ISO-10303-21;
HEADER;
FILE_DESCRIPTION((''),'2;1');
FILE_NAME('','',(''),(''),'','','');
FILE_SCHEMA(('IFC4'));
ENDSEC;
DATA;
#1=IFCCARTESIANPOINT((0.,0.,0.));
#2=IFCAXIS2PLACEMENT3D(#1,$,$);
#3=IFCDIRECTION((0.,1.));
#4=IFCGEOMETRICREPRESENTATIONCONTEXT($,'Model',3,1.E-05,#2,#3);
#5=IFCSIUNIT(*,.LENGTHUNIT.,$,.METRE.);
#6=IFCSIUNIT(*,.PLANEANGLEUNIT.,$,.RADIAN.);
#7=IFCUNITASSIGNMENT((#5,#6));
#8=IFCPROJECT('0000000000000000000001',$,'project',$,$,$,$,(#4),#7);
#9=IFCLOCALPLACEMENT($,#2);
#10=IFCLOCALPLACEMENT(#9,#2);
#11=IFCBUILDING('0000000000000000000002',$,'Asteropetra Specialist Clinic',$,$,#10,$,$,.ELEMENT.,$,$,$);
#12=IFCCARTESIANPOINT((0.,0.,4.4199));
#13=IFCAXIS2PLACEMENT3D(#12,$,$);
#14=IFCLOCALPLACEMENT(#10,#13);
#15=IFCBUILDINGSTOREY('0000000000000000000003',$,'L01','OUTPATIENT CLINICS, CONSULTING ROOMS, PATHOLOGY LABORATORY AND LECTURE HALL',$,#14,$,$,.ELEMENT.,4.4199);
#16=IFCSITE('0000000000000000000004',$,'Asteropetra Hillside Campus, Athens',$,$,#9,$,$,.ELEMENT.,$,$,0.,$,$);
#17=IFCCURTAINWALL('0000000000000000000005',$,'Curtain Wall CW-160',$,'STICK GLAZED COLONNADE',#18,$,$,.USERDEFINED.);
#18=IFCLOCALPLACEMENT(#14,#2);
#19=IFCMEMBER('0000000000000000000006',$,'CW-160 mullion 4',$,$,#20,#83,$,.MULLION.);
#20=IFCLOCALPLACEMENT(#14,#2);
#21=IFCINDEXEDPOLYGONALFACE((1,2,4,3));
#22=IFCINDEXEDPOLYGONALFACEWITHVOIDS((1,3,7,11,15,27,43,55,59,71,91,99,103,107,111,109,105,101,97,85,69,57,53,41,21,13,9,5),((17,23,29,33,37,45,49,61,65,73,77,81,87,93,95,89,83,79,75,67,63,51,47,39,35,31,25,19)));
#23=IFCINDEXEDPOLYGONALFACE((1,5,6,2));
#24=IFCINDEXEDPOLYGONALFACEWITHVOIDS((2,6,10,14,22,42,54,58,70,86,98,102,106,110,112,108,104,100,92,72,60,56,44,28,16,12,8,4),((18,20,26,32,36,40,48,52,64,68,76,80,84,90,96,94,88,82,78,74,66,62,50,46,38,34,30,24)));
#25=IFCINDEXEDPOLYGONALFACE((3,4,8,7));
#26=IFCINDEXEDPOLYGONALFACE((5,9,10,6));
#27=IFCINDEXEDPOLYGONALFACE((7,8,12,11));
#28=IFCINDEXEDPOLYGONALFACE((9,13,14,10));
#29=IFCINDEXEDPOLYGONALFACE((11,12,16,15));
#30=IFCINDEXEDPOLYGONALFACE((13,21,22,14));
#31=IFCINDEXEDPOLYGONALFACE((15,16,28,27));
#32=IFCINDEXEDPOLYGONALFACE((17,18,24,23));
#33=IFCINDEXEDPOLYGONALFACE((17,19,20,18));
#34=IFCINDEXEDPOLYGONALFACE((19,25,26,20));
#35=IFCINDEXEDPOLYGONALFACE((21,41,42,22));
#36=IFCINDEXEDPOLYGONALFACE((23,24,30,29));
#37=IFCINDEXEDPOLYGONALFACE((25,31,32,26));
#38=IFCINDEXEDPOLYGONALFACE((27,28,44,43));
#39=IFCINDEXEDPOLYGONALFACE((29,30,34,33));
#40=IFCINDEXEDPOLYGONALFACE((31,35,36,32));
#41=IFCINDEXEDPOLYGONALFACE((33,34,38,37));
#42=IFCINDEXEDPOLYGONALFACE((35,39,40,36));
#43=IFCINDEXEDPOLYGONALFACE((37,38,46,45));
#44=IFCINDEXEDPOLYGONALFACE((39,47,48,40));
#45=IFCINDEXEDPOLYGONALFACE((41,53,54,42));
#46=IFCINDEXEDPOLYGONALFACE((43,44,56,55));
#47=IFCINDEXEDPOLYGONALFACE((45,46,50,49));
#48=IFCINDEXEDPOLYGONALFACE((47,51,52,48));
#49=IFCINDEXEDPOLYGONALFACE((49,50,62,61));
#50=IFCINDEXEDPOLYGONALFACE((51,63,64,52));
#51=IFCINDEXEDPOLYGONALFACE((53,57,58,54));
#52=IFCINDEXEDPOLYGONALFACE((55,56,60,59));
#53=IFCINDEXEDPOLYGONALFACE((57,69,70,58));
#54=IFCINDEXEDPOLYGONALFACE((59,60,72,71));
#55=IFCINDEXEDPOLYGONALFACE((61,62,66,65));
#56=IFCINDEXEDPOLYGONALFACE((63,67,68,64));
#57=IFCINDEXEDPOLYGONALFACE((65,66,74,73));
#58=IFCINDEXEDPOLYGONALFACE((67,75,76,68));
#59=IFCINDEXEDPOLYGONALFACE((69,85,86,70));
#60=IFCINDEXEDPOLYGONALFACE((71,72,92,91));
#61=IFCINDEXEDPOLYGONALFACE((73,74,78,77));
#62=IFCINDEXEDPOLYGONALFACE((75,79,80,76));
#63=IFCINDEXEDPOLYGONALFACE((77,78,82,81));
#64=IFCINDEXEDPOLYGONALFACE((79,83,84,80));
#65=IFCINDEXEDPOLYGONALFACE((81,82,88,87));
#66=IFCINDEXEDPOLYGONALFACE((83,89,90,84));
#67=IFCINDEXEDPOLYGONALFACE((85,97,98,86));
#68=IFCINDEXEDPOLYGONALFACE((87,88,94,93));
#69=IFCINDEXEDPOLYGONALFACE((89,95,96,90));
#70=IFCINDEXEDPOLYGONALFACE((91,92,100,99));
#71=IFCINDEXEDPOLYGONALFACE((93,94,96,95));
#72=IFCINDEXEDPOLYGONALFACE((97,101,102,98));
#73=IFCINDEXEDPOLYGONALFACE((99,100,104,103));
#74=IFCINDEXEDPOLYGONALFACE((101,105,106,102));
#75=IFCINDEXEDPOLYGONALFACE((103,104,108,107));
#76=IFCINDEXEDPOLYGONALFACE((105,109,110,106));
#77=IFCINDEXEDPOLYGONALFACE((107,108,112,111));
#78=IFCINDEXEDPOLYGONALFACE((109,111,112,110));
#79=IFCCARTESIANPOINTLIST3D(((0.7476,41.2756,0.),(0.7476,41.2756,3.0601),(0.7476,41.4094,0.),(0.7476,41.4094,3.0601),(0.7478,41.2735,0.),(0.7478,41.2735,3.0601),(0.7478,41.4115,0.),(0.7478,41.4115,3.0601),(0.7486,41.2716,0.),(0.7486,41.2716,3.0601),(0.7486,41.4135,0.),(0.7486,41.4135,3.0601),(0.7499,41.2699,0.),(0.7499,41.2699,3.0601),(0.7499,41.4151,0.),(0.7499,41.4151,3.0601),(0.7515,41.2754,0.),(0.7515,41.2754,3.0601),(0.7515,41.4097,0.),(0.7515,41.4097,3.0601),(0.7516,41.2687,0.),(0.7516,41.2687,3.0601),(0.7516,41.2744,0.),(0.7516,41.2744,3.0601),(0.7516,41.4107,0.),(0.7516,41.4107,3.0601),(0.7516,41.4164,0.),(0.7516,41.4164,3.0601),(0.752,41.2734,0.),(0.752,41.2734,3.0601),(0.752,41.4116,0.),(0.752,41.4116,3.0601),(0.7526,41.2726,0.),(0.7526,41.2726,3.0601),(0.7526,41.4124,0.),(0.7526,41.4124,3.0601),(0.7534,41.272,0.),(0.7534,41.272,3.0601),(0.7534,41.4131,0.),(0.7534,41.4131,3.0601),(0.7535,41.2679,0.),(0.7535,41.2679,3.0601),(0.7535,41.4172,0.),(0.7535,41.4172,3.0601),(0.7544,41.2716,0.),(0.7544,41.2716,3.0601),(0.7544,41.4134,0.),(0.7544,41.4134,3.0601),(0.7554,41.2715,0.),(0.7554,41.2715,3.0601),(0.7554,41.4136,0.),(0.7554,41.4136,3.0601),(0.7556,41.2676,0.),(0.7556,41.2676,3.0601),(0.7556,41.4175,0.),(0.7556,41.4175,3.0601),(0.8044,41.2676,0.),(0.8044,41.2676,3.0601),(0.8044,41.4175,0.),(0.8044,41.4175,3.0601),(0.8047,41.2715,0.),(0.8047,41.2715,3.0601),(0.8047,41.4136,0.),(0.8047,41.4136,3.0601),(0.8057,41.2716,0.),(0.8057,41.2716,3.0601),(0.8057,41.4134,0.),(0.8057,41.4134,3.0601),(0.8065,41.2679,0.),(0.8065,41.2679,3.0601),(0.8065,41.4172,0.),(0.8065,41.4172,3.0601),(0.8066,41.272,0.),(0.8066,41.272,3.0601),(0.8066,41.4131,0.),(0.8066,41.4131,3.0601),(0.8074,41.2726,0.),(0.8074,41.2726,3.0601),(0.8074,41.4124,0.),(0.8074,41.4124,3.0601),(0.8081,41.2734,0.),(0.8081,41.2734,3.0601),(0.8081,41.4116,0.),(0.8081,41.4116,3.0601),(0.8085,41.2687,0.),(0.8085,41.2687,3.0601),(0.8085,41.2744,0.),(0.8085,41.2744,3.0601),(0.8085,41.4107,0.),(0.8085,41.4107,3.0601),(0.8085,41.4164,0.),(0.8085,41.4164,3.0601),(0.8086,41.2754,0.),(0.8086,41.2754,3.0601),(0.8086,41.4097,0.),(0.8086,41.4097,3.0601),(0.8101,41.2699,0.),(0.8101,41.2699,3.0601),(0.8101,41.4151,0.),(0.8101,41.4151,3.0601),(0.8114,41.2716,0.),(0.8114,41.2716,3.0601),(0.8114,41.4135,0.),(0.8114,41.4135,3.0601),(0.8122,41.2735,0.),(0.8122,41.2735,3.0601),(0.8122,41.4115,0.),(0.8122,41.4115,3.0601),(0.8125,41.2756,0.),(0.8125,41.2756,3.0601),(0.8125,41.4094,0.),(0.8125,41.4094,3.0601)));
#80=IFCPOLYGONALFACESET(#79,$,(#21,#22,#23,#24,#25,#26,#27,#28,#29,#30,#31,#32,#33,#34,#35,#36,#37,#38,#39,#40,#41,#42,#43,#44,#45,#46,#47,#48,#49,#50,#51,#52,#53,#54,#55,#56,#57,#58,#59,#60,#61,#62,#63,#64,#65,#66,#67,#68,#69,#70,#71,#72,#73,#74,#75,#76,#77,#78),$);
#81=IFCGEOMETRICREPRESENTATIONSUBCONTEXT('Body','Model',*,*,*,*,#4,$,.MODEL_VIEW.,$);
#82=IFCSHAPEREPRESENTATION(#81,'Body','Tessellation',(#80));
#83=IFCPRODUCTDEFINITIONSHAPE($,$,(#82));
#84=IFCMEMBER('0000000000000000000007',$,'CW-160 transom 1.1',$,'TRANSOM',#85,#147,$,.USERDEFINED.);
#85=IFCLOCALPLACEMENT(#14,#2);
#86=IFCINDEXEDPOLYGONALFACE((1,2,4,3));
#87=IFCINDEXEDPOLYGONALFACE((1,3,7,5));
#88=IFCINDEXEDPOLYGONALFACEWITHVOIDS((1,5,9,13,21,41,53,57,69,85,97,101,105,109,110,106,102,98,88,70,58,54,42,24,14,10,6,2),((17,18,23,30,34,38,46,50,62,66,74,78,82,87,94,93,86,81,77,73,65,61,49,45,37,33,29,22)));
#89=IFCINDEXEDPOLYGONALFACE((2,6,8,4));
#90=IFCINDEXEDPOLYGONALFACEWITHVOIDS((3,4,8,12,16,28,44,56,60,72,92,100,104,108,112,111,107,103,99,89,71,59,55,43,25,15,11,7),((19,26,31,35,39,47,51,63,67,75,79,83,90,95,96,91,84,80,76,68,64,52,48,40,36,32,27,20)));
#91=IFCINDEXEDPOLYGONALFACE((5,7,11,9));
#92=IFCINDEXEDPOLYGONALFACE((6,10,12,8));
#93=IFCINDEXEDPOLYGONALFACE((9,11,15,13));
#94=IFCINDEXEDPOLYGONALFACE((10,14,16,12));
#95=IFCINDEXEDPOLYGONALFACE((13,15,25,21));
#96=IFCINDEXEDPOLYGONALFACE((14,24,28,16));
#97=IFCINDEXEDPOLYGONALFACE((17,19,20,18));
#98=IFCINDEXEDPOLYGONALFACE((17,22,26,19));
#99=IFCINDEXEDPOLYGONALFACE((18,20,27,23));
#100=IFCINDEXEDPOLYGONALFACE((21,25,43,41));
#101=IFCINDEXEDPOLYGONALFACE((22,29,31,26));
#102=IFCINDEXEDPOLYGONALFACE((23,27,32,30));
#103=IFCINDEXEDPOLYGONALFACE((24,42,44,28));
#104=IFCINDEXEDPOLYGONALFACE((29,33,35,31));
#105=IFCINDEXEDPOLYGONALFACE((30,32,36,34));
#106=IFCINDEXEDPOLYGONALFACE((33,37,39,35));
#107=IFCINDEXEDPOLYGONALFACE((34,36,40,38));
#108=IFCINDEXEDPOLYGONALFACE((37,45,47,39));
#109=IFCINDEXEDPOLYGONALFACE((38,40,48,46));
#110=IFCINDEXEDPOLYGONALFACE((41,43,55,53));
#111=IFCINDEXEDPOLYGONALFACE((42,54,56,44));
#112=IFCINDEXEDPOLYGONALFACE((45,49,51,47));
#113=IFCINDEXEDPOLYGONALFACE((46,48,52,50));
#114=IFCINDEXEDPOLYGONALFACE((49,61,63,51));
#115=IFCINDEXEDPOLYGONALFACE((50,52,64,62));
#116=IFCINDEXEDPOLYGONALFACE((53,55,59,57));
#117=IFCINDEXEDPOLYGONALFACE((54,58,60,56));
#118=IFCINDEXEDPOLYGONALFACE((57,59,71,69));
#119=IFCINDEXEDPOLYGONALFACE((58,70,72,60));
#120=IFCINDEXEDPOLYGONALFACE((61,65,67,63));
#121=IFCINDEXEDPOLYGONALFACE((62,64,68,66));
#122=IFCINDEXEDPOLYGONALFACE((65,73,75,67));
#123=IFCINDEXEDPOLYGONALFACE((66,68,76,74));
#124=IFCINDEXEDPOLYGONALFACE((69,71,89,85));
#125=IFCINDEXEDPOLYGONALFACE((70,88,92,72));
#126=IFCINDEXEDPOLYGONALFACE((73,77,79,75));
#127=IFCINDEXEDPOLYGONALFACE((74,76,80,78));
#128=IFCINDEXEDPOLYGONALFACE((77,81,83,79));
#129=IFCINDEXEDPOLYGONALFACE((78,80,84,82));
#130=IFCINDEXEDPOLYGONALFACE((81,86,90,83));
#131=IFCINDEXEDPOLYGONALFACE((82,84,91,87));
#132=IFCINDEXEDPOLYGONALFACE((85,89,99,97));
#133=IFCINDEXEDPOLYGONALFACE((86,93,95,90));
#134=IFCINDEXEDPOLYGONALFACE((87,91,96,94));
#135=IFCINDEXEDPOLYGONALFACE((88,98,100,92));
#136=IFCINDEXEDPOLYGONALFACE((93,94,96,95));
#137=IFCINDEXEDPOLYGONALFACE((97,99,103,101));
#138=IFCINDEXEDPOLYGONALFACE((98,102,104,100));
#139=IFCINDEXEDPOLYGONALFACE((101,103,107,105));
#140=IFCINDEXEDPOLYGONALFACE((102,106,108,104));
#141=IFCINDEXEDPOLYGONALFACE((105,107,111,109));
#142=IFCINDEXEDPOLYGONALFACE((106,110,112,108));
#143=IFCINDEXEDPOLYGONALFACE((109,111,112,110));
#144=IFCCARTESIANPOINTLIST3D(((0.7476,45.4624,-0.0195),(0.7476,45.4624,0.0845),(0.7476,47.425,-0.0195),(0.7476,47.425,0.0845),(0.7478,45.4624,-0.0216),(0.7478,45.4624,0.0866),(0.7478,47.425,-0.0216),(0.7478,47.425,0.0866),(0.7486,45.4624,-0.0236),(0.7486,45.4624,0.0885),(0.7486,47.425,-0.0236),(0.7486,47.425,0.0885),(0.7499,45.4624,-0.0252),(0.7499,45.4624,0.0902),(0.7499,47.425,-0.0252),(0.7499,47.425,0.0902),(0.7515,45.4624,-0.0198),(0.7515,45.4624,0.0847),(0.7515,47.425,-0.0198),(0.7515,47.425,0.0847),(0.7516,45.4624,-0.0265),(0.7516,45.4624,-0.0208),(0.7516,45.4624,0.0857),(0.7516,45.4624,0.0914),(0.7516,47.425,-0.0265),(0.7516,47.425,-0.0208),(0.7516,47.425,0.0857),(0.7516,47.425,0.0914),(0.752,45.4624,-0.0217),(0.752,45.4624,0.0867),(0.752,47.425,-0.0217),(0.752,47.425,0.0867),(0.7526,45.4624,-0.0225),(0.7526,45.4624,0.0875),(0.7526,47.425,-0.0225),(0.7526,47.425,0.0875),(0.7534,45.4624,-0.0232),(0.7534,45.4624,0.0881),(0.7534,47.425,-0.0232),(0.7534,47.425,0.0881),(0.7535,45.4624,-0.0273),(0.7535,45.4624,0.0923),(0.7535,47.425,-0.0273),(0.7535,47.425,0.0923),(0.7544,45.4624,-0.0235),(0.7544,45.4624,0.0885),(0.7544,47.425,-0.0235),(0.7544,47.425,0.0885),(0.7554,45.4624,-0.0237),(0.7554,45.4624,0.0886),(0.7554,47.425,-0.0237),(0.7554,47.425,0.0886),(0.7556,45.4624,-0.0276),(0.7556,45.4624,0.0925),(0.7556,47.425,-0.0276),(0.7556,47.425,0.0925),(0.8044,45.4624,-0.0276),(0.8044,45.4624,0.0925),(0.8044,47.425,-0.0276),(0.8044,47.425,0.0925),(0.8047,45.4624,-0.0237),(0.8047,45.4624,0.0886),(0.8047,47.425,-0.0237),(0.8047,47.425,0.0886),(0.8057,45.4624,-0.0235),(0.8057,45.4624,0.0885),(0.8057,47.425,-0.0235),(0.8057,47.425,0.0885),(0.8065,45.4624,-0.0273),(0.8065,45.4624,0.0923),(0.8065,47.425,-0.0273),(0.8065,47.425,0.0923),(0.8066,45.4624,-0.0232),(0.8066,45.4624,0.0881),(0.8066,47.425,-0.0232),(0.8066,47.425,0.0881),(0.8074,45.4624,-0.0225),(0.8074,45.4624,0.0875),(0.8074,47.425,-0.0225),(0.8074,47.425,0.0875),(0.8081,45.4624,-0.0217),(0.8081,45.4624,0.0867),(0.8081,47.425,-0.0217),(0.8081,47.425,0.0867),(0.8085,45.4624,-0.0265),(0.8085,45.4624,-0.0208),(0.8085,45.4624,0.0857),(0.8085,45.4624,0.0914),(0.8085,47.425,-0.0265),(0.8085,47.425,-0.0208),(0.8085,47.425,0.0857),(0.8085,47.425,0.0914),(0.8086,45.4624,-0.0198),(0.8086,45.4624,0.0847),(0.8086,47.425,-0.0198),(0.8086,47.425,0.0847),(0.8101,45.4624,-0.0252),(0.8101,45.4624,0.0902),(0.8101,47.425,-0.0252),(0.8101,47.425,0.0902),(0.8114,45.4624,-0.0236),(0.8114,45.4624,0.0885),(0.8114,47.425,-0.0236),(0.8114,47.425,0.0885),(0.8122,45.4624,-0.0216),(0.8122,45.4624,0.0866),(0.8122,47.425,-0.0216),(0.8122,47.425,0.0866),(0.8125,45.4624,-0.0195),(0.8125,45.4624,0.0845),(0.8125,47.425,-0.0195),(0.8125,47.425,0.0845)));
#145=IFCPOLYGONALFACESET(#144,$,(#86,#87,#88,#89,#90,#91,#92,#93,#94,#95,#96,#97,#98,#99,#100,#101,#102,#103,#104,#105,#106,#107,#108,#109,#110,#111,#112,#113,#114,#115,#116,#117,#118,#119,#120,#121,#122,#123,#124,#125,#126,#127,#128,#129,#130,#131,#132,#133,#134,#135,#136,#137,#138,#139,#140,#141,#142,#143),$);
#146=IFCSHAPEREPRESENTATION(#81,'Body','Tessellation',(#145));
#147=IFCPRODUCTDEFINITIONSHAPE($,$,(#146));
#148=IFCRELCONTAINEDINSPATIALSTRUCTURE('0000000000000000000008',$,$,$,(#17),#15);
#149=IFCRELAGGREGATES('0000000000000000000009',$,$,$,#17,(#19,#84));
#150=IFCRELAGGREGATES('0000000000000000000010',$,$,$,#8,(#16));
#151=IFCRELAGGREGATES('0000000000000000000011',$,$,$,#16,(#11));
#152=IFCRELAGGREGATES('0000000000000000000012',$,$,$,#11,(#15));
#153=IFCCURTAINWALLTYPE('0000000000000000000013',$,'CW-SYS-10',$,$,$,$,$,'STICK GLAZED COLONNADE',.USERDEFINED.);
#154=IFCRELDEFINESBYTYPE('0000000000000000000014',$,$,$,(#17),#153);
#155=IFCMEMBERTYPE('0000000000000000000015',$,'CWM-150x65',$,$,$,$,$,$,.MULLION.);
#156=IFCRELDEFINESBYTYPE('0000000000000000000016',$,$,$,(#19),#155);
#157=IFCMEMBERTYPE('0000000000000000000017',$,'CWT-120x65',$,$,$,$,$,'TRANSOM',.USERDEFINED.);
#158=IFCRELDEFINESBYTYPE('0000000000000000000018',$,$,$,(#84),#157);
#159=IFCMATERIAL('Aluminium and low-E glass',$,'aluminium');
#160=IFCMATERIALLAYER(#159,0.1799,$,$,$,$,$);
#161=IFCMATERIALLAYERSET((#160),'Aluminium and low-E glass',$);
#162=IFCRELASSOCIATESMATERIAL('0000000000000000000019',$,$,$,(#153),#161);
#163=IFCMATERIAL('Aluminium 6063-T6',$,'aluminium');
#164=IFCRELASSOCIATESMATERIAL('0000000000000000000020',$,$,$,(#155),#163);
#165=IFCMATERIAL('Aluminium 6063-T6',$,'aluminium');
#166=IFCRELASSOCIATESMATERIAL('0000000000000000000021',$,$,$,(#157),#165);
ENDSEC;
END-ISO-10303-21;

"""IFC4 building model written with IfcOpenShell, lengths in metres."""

from ifc_helpers import new_model, si_unit, direction, frame, origin, origin_2d, place, context, subcontext, project, spatial, hollow_rectangle, extrude, material, layer, layer_set, material_profile, profile_set, type_object, element, aggregate, save


model = new_model("IFC4")

# Units and contexts
model_context = context("Model", 3, precision=1e-05, world=origin(), true_north=direction((0.0, 1.0)))
body_context = subcontext(model_context, "Body", "Model", "MODEL_VIEW")
ifc_project = project(units=[si_unit("LENGTHUNIT", "METRE"), si_unit("PLANEANGLEUNIT", "RADIAN")], contexts=[model_context])

# Site, building, storey
site_placement = place(None, origin())
site = spatial("IfcSite", under=ifc_project, at=site_placement, Name="Asteropetra Hillside Campus, Athens", CompositionType="ELEMENT", RefElevation=0.0)
building_placement = place(site_placement, origin())
building = spatial("IfcBuilding", under=site, at=building_placement, Name="Asteropetra Specialist Clinic", CompositionType="ELEMENT")
storey_placement = place(building_placement, frame((0.0, 0.0, 4.4199)))
storey = spatial("IfcBuildingStorey", under=building, at=storey_placement, Name="L01", Description="OUTPATIENT CLINICS, CONSULTING ROOMS, PATHOLOGY LABORATORY AND LECTURE HALL", CompositionType="ELEMENT", Elevation=4.4199)

# Curtain wall, members
ifc_material_1 = material(Name="Aluminium and low-E glass", Category="aluminium")
ifc_layer_1 = layer(ifc_material_1, 0.1799)
ifc_layer_set_1 = layer_set([ifc_layer_1], Name="Aluminium and low-E glass")
curtain_wall_type = type_object("IfcCurtainWallType", Name="CW-SYS-10", ElementType="STICK GLAZED COLONNADE", PredefinedType="USERDEFINED", material=ifc_layer_set_1)
curtain_wall_placement = place(storey_placement, origin())
curtain_wall = element("IfcCurtainWall", 1, at=curtain_wall_placement, inside=storey, type_object=curtain_wall_type, Name="Curtain Wall CW-160", ObjectType="STICK GLAZED COLONNADE", PredefinedType="USERDEFINED")
ifc_material_2 = material(Name="Aluminium 6063-T6", Category="aluminium")
ifc_material_profile_1 = material_profile(ifc_material_2, hollow_rectangle(XDim=0.0649, YDim=0.1499, WallThickness=0.0039, InnerFilletRadius=0.0039, OuterFilletRadius=0.0081, at=origin_2d()), Name="MUL 150x65x4.0")
ifc_profile_set_1 = profile_set([ifc_material_profile_1], Name="Aluminium 6063-T6")
member_type_1 = type_object("IfcMemberType", Name="CWM-150x65", PredefinedType="MULLION", material=ifc_profile_set_1)
member_1_placement = place(storey_placement, frame((0.78, 41.3425, 0.0), z_axis=(0.0, 0.0, 1.0), x_axis=(1.0, 0.0, 0.0)))
member_1 = element("IfcMember", 2, at=member_1_placement, type_object=member_type_1, Name="CW-160 mullion 4", PredefinedType="MULLION", context=body_context, shape_type="SweptSolid", body=[
    extrude(hollow_rectangle(XDim=0.0649, YDim=0.1499, WallThickness=0.0039, InnerFilletRadius=0.0039, OuterFilletRadius=0.0081, at=origin_2d()), origin(), (0.0, 0.0, 1.0), 3.0601),
])
ifc_material_3 = material(Name="Aluminium 6063-T6", Category="aluminium")
ifc_material_profile_2 = material_profile(ifc_material_3, hollow_rectangle(XDim=0.0649, YDim=0.1201, WallThickness=0.0039, InnerFilletRadius=0.0039, OuterFilletRadius=0.0081, at=origin_2d()), Name="TRN 120x65x4.0")
ifc_profile_set_2 = profile_set([ifc_material_profile_2], Name="Aluminium 6063-T6")
member_type_2 = type_object("IfcMemberType", Name="CWT-120x65", ElementType="TRANSOM", PredefinedType="USERDEFINED", material=ifc_profile_set_2)
member_2_placement = place(storey_placement, frame((0.78, 47.425, 0.0325), z_axis=(0.0, -1.0, 0.0), x_axis=(1.0, 0.0, 0.0)))
member_2 = element("IfcMember", 3, at=member_2_placement, type_object=member_type_2, Name="CW-160 transom 1.1", ObjectType="TRANSOM", PredefinedType="USERDEFINED", context=body_context, shape_type="SweptSolid", body=[
    extrude(hollow_rectangle(XDim=0.0649, YDim=0.1201, WallThickness=0.0039, InnerFilletRadius=0.0039, OuterFilletRadius=0.0081, at=origin_2d()), origin(), (0.0, 0.0, 1.0), 1.9626),
])
aggregate(curtain_wall, [member_1, member_2])

save(model, "model.ifc")
